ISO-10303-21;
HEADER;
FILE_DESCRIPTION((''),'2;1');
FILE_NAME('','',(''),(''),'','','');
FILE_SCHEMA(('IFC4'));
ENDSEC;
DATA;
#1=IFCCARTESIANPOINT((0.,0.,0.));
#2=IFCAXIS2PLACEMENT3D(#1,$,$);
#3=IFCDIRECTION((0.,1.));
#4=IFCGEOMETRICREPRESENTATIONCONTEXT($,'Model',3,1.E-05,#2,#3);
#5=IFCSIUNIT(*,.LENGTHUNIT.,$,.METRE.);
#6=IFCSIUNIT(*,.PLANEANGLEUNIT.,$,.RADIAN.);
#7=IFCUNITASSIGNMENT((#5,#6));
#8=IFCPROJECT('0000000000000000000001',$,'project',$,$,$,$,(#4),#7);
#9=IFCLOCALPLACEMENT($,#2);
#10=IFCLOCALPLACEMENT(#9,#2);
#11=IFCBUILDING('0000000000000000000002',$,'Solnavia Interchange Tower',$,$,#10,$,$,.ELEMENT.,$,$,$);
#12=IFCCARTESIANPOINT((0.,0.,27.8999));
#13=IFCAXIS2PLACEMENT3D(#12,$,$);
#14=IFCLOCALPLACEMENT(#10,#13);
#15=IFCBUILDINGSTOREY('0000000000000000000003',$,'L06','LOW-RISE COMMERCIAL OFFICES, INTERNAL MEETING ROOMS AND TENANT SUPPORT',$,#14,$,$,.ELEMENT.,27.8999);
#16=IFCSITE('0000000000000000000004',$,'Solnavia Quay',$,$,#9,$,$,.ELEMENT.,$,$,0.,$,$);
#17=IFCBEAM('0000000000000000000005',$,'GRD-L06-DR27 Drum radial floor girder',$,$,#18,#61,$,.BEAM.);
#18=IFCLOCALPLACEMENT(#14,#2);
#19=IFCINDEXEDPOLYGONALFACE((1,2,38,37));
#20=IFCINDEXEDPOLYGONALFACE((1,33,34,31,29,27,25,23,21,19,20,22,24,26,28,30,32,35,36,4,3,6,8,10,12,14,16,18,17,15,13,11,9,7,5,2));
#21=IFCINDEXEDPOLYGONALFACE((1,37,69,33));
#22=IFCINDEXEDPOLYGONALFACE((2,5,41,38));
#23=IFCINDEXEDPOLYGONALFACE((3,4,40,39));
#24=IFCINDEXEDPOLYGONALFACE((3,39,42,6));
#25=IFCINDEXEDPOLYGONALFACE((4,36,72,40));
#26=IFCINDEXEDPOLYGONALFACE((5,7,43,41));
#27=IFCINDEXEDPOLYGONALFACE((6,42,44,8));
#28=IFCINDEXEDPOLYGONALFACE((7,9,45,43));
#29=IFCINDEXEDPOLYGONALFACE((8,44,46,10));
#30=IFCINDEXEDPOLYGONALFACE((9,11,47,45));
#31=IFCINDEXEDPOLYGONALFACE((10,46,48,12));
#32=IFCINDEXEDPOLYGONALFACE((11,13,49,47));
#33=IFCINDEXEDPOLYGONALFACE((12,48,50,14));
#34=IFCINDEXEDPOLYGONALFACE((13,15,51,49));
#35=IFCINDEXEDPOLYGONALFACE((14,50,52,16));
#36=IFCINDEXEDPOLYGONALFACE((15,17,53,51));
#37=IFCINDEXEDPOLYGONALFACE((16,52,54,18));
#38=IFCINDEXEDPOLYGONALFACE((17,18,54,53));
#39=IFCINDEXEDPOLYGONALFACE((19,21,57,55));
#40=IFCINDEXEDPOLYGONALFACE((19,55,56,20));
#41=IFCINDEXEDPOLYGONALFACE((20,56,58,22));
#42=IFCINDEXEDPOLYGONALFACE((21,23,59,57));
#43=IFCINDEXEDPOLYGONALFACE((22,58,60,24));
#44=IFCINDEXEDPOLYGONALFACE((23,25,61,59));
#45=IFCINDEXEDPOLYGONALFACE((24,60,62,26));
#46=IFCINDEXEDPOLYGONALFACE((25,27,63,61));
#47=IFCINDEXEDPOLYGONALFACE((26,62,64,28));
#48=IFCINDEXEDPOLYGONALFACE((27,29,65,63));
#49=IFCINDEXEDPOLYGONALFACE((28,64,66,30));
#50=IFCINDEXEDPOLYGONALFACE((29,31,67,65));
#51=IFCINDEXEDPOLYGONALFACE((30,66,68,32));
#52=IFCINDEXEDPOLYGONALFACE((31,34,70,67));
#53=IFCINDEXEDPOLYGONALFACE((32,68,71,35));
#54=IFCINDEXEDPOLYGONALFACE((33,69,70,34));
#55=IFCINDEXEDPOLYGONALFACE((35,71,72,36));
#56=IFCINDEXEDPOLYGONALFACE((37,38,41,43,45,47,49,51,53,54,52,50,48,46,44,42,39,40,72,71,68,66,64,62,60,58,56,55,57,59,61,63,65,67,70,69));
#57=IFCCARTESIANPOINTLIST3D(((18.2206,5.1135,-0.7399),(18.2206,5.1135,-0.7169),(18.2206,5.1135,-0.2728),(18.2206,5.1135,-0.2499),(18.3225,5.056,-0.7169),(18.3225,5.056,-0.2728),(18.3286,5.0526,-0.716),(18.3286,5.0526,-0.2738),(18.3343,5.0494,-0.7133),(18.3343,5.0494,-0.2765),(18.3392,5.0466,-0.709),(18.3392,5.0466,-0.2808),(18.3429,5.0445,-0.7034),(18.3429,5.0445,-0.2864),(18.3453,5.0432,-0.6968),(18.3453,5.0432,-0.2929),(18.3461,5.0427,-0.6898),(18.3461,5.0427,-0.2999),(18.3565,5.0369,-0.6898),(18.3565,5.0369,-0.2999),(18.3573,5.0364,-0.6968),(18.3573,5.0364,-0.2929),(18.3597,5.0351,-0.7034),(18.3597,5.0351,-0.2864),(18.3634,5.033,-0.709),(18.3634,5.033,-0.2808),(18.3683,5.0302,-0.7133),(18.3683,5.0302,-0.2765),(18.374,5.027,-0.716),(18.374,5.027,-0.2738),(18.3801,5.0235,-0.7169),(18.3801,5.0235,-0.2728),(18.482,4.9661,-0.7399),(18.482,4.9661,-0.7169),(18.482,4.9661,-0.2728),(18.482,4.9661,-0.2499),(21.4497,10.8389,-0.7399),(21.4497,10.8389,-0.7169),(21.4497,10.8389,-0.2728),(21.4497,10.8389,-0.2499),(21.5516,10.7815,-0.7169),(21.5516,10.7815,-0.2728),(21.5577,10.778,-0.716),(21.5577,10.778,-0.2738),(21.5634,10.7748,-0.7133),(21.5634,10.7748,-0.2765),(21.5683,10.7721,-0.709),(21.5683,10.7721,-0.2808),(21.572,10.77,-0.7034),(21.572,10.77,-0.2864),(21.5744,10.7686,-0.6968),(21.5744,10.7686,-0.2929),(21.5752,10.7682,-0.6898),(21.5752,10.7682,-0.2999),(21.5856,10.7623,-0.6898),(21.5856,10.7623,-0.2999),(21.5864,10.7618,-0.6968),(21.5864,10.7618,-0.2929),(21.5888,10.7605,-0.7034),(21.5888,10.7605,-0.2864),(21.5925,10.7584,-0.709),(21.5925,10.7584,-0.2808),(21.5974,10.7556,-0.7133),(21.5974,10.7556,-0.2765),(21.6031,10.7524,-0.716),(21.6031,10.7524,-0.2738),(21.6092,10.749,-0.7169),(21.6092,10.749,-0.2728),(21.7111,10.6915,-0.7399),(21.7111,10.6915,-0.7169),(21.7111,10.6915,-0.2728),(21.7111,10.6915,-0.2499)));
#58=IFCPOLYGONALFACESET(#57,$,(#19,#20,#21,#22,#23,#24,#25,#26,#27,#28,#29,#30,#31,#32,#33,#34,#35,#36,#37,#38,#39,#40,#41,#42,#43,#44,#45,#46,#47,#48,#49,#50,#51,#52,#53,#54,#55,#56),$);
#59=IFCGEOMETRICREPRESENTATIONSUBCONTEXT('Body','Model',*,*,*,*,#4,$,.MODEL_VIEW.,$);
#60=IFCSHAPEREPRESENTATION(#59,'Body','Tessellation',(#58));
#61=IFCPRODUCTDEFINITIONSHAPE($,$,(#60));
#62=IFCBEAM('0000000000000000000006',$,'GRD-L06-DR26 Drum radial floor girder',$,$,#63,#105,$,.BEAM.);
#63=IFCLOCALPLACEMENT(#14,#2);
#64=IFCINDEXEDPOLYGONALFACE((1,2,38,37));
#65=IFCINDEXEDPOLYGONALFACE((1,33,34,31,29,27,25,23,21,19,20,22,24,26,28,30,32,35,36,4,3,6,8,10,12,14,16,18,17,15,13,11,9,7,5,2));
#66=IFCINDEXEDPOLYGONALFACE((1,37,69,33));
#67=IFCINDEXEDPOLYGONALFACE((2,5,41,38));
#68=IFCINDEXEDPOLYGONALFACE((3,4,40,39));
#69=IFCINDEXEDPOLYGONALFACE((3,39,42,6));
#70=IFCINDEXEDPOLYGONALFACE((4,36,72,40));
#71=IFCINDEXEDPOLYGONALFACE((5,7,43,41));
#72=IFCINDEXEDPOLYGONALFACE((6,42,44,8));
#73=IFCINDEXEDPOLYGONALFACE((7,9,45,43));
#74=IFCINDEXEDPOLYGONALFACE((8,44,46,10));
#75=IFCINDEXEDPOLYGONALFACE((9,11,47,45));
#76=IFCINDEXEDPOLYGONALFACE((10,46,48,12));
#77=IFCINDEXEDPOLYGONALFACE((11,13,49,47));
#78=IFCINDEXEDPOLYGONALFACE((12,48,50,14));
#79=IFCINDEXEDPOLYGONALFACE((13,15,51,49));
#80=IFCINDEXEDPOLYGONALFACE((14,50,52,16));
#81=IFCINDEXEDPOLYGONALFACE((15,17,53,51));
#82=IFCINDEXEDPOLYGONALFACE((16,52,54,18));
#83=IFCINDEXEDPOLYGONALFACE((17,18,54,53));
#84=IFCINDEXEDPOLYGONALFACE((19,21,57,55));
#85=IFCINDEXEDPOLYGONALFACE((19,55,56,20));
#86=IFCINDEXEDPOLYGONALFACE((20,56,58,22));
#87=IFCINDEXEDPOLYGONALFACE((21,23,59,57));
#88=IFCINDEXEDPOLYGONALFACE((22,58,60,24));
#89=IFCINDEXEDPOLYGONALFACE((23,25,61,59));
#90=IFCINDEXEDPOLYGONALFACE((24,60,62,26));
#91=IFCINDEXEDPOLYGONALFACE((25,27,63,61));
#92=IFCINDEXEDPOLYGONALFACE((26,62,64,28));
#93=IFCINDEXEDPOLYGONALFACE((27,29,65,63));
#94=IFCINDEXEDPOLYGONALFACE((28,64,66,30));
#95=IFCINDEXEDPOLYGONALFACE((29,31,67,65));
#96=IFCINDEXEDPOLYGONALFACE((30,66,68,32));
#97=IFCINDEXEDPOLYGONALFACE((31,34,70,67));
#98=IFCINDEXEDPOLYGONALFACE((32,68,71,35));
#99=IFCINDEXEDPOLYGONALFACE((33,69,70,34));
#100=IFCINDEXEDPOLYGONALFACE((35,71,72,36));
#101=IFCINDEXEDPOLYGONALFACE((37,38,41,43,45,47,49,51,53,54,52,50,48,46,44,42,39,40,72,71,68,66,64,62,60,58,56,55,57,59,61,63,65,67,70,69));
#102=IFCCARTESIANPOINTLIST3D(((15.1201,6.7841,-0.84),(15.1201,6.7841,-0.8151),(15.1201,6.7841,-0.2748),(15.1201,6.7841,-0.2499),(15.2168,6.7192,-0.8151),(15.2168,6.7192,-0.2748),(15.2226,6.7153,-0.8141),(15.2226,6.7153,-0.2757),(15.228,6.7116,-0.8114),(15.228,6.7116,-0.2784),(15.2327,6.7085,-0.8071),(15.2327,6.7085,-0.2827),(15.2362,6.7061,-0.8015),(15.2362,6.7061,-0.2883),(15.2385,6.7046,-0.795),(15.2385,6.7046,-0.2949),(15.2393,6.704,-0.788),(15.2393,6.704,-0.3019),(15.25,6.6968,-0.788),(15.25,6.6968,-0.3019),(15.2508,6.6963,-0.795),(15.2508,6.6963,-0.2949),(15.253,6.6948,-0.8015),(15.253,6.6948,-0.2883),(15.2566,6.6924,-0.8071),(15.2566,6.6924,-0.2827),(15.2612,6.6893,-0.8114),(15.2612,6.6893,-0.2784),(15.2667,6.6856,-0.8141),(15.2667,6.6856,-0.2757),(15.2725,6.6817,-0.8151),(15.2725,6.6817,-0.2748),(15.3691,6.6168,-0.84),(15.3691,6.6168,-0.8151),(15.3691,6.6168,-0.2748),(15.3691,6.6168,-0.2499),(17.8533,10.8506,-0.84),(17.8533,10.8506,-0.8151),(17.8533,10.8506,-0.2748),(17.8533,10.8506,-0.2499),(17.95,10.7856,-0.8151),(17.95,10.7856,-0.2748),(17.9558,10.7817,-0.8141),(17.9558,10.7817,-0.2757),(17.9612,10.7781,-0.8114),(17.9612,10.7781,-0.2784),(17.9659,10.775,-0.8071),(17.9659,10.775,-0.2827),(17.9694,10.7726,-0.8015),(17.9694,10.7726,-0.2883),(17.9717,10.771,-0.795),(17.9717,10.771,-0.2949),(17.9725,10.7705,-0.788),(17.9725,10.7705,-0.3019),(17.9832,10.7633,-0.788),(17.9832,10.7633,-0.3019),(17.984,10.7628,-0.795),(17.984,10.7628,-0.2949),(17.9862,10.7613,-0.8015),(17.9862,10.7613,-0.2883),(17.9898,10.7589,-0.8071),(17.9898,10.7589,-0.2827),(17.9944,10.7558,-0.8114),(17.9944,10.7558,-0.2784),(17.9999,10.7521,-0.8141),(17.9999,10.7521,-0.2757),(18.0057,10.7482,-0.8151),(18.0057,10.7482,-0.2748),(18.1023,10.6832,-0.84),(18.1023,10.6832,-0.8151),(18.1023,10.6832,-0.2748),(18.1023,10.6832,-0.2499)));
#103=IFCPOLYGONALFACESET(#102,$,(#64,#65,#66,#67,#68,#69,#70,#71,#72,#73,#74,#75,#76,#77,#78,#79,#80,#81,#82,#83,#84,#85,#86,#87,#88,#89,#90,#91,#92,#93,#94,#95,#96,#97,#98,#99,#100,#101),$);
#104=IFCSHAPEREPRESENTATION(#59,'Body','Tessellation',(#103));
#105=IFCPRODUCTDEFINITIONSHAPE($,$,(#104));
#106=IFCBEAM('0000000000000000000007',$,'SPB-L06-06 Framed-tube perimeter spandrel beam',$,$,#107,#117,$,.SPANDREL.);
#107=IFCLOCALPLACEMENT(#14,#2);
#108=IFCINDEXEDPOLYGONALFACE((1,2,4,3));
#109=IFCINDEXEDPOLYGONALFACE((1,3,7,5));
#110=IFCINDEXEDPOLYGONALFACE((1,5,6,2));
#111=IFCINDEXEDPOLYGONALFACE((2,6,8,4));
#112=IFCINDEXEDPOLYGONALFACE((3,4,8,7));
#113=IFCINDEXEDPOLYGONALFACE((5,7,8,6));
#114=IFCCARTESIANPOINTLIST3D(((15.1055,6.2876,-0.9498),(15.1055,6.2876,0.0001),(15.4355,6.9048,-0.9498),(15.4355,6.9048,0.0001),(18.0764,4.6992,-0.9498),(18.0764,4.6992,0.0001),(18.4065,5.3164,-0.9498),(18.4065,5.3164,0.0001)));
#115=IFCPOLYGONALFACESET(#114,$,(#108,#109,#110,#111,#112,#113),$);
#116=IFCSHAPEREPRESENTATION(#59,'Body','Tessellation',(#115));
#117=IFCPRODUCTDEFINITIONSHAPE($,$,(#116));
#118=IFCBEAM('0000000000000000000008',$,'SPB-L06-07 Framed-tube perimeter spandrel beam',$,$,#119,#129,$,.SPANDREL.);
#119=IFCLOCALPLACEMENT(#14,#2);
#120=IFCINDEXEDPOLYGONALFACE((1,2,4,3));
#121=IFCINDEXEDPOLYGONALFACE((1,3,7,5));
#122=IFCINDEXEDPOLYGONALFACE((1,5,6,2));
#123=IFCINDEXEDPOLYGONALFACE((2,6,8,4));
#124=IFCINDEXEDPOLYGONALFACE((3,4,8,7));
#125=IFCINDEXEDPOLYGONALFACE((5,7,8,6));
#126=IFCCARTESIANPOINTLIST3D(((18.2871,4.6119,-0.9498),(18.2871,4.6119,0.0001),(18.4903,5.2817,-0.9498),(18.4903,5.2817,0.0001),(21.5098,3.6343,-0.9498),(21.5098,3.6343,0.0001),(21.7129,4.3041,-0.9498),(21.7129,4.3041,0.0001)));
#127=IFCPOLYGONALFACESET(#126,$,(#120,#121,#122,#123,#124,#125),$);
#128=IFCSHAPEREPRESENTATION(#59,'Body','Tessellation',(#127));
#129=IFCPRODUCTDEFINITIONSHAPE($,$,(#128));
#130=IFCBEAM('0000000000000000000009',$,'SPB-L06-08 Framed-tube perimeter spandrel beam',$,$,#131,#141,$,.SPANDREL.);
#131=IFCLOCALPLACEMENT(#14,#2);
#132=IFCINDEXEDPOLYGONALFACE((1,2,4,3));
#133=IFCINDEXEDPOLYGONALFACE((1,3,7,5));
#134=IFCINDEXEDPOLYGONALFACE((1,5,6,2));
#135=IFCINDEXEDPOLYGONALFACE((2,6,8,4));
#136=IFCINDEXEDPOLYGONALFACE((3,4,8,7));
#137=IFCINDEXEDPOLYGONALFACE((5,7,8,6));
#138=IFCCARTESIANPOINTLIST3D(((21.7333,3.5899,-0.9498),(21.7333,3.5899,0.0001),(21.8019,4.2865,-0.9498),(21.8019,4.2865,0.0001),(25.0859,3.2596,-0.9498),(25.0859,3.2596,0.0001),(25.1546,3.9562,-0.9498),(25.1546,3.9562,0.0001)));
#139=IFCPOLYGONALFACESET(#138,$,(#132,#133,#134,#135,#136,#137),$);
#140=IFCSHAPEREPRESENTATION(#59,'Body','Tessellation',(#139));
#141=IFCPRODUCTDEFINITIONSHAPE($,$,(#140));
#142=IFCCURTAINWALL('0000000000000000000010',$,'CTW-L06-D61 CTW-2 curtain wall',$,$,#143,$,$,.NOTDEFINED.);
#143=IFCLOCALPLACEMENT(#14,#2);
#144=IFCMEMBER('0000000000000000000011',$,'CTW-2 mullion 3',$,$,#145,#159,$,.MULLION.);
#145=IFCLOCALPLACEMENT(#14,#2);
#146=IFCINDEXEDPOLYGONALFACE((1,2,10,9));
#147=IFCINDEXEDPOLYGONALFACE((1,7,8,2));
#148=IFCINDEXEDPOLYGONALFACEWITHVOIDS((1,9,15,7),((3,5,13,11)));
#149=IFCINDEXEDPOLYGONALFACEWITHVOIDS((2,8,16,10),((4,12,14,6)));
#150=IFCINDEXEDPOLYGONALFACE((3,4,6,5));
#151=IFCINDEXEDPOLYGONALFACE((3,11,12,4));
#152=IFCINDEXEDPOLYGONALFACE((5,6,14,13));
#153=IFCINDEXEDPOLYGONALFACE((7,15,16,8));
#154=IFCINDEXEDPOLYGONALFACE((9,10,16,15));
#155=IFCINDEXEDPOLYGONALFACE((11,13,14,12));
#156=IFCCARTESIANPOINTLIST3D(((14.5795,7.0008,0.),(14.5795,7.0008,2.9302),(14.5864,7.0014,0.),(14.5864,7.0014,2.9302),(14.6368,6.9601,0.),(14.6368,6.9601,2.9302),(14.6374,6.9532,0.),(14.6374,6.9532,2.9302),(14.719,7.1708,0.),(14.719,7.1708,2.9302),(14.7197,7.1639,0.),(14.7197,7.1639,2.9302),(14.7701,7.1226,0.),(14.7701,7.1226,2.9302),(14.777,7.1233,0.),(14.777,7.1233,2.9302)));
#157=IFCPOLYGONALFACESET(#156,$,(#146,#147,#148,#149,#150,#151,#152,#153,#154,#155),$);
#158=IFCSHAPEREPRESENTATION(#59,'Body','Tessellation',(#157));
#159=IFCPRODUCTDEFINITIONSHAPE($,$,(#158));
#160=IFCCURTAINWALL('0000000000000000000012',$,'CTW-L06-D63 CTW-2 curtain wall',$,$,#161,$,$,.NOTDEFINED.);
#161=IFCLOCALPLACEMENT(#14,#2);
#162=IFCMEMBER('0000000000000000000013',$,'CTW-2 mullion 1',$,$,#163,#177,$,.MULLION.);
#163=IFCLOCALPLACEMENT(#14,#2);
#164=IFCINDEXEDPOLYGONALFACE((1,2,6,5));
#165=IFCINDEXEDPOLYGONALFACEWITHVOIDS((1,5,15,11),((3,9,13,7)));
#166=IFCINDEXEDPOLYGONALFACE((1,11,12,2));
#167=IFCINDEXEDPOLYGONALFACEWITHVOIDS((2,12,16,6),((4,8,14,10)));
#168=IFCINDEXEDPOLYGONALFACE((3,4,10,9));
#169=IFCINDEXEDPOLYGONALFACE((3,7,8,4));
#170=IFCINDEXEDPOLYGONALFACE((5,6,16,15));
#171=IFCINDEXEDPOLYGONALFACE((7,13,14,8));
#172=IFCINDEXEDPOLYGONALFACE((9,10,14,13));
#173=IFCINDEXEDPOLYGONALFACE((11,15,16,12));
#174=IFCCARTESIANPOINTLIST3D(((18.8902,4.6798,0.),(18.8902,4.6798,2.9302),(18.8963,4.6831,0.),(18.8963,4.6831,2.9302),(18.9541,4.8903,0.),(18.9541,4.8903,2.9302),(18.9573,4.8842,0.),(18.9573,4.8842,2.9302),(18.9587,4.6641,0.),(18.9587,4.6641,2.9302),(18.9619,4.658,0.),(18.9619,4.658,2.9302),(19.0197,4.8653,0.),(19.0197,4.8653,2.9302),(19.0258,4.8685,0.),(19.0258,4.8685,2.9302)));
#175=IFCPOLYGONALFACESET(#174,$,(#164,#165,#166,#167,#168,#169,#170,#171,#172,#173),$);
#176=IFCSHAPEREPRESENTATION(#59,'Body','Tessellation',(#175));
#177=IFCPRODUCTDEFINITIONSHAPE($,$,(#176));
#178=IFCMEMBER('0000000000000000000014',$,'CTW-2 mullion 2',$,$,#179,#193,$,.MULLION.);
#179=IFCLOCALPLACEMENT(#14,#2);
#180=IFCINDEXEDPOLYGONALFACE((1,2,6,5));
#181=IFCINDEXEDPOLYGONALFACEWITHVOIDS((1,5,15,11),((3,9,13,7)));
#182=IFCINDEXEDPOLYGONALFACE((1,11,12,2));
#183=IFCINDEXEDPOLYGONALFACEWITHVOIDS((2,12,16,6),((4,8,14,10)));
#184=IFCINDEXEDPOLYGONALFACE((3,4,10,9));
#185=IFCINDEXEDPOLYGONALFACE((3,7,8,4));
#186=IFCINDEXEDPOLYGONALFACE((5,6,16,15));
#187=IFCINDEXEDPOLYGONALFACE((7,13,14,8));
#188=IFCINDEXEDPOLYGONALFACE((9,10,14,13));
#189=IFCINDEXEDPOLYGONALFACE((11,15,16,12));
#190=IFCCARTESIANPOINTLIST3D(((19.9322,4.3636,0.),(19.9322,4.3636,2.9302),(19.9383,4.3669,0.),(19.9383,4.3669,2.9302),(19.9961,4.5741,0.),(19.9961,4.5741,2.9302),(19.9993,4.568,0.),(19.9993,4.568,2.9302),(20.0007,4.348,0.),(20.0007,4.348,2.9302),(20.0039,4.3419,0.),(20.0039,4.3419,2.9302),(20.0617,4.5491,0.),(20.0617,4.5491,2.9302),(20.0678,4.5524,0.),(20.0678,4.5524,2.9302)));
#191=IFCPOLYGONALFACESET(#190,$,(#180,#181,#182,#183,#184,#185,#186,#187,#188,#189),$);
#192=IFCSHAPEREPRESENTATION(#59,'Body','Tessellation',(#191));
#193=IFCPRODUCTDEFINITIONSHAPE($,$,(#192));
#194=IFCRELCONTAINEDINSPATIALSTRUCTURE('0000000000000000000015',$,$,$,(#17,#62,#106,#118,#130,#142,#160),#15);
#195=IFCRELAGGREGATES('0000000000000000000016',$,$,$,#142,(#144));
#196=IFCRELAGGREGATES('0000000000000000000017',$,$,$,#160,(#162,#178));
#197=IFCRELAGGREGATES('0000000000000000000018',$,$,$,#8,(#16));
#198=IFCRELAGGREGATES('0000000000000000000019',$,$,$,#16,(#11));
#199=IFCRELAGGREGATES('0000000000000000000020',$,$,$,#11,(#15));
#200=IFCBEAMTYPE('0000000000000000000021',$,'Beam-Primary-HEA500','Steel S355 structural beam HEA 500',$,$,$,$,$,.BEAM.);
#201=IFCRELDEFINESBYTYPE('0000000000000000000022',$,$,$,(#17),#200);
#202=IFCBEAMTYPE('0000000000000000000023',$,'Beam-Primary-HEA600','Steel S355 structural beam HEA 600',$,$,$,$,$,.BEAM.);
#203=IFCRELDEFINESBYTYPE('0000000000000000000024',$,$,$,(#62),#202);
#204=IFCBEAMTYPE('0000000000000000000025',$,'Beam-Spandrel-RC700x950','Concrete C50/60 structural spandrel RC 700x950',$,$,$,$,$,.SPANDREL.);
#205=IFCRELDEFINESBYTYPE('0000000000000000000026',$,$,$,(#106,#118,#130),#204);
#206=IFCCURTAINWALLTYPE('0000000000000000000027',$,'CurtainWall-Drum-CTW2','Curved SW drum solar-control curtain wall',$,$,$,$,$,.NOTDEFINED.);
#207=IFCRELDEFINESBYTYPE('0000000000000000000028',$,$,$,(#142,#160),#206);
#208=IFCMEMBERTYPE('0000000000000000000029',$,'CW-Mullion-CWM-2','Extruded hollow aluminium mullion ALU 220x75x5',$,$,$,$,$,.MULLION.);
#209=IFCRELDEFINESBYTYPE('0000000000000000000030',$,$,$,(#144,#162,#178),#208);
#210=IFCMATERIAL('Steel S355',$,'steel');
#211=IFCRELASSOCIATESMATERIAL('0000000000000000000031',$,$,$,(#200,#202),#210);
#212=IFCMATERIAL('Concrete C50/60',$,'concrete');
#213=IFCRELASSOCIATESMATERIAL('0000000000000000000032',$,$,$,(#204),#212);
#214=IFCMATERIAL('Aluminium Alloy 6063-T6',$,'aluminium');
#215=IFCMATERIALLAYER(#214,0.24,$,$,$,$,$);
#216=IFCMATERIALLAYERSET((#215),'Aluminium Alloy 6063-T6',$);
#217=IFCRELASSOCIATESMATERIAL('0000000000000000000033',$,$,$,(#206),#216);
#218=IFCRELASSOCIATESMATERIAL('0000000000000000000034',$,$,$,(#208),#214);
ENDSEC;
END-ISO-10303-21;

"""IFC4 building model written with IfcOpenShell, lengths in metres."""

from ifc_helpers import new_model, si_unit, direction, frame, origin, origin_2d, place, context, subcontext, project, spatial, rectangle, hollow_rectangle, i_section, extrude, material, layer, layer_set, material_profile, profile_set, type_object, element, aggregate, save


model = new_model("IFC4")

# Units and contexts
model_context = context("Model", 3, precision=1e-05, world=origin(), true_north=direction((0.0, 1.0)))
body_context = subcontext(model_context, "Body", "Model", "MODEL_VIEW")
ifc_project = project(units=[si_unit("LENGTHUNIT", "METRE"), si_unit("PLANEANGLEUNIT", "RADIAN")], contexts=[model_context])

# Site, building, storey
site_placement = place(None, origin())
site = spatial("IfcSite", under=ifc_project, at=site_placement, Name="Solnavia Quay", CompositionType="ELEMENT", RefElevation=0.0)
building_placement = place(site_placement, origin())
building = spatial("IfcBuilding", under=site, at=building_placement, Name="Solnavia Interchange Tower", CompositionType="ELEMENT")
storey_placement = place(building_placement, frame((0.0, 0.0, 27.8999)))
storey = spatial("IfcBuildingStorey", under=building, at=storey_placement, Name="L06", Description="LOW-RISE COMMERCIAL OFFICES, INTERNAL MEETING ROOMS AND TENANT SUPPORT", CompositionType="ELEMENT", Elevation=27.8999)

# Beams
ifc_material_1 = material(Name="Steel S355", Category="steel")
ifc_material_profile_1 = material_profile(ifc_material_1, i_section(OverallWidth=0.3, OverallDepth=0.49, WebThickness=0.012, FlangeThickness=0.0229, FilletRadius=0.0271, at=origin_2d()), Name="HEA 500")
ifc_profile_set_1 = profile_set([ifc_material_profile_1], Name="Steel S355")
beam_type_1 = type_object("IfcBeamType", Name="Beam-Primary-HEA500", Description="Steel S355 structural beam HEA 500", PredefinedType="BEAM", material=ifc_profile_set_1)
beam_1_placement = place(storey_placement, frame((18.3513, 5.0398, -0.4949), z_axis=(0.491243, 0.871022, 0.0), x_axis=(-0.871022, 0.491243, 0.0)))
element("IfcBeam", 1, at=beam_1_placement, inside=storey, type_object=beam_type_1, Name="GRD-L06-DR27 Drum radial floor girder", PredefinedType="BEAM", context=body_context, shape_type="SweptSolid", body=[
    extrude(i_section(OverallWidth=0.3, OverallDepth=0.49, WebThickness=0.012, FlangeThickness=0.0229, FilletRadius=0.0271, at=origin_2d()), origin(), (0.0, 0.0, 1.0), 6.5732),
])
ifc_material_profile_2 = material_profile(ifc_material_1, i_section(OverallWidth=0.3, OverallDepth=0.5901, WebThickness=0.0129, FlangeThickness=0.0249, FilletRadius=0.0271, at=origin_2d()), Name="HEA 600")
ifc_profile_set_2 = profile_set([ifc_material_profile_2], Name="Steel S355")
beam_type_2 = type_object("IfcBeamType", Name="Beam-Primary-HEA600", Description="Steel S355 structural beam HEA 600", PredefinedType="BEAM", material=ifc_profile_set_2)
beam_2_placement = place(storey_placement, frame((15.2446, 6.7004, -0.5449), z_axis=(0.557835, 0.829952, 0.0), x_axis=(-0.829952, 0.557835, 0.0)))
element("IfcBeam", 2, at=beam_2_placement, inside=storey, type_object=beam_type_2, Name="GRD-L06-DR26 Drum radial floor girder", PredefinedType="BEAM", context=body_context, shape_type="SweptSolid", body=[
    extrude(i_section(OverallWidth=0.3, OverallDepth=0.5901, WebThickness=0.0129, FlangeThickness=0.0249, FilletRadius=0.0271, at=origin_2d()), origin(), (0.0, 0.0, 1.0), 4.8997),
])
ifc_material_2 = material(Name="Concrete C50/60", Category="concrete")
ifc_material_profile_3 = material_profile(ifc_material_2, rectangle(XDim=0.7, YDim=0.95, at=origin_2d()), Name="RC 700x950")
ifc_profile_set_3 = profile_set([ifc_material_profile_3], Name="Concrete C50/60")
beam_type_3 = type_object("IfcBeamType", Name="Beam-Spandrel-RC700x950", Description="Concrete C50/60 structural spandrel RC 700x950", PredefinedType="SPANDREL", material=ifc_profile_set_3)
beam_3_placement = place(storey_placement, frame((15.2705, 6.5962, -0.4749), z_axis=(0.881875, -0.471483, 0.0), x_axis=(0.471483, 0.881875, 0.0)))
element("IfcBeam", 3, at=beam_3_placement, inside=storey, type_object=beam_type_3, Name="SPB-L06-06 Framed-tube perimeter spandrel beam", PredefinedType="SPANDREL", context=body_context, shape_type="SweptSolid", body=[
    extrude(rectangle(XDim=0.7, YDim=0.95, at=origin_2d()), origin(), (0.0, 0.0, 1.0), 3.3689),
])
beam_4_placement = place(storey_placement, frame((18.3887, 4.9468, -0.4749), z_axis=(0.956944, -0.290273, 0.0), x_axis=(0.290273, 0.956944, 0.0)))
element("IfcBeam", 4, at=beam_4_placement, inside=storey, type_object=beam_type_3, Name="SPB-L06-07 Framed-tube perimeter spandrel beam", PredefinedType="SPANDREL", context=body_context, shape_type="SweptSolid", body=[
    extrude(rectangle(XDim=0.7, YDim=0.95, at=origin_2d()), origin(), (0.0, 0.0, 1.0), 3.3677),
])
beam_5_placement = place(storey_placement, frame((21.7676, 3.9382, -0.4749), z_axis=(0.995182, -0.098047, 0.0), x_axis=(0.098047, 0.995182, 0.0)))
element("IfcBeam", 5, at=beam_5_placement, inside=storey, type_object=beam_type_3, Name="SPB-L06-08 Framed-tube perimeter spandrel beam", PredefinedType="SPANDREL", context=body_context, shape_type="SweptSolid", body=[
    extrude(rectangle(XDim=0.7, YDim=0.95, at=origin_2d()), origin(), (0.0, 0.0, 1.0), 3.3689),
])

# Curtain wall, member
ifc_material_3 = material(Name="Aluminium Alloy 6063-T6", Category="aluminium")
ifc_layer_1 = layer(ifc_material_3, 0.24)
ifc_layer_set_1 = layer_set([ifc_layer_1], Name="Aluminium Alloy 6063-T6")
curtain_wall_type = type_object("IfcCurtainWallType", Name="CurtainWall-Drum-CTW2", Description="Curved SW drum solar-control curtain wall", PredefinedType="NOTDEFINED", material=ifc_layer_set_1)
curtain_wall_1_placement = place(storey_placement, origin())
curtain_wall_1 = element("IfcCurtainWall", 6, at=curtain_wall_1_placement, inside=storey, type_object=curtain_wall_type, Name="CTW-L06-D61 CTW-2 curtain wall", PredefinedType="NOTDEFINED")
ifc_material_profile_4 = material_profile(ifc_material_3, hollow_rectangle(XDim=0.075, YDim=0.22, WallThickness=0.0049, at=origin_2d()), Name="ALU 220x75x5")
ifc_profile_set_4 = profile_set([ifc_material_profile_4], Name="Aluminium Alloy 6063-T6")
member_type_1 = type_object("IfcMemberType", Name="CW-Mullion-CWM-2", Description="Extruded hollow aluminium mullion ALU 220x75x5", PredefinedType="MULLION", material=ifc_profile_set_4)
member_1_placement = place(storey_placement, frame((14.6782, 7.062, 0.0), z_axis=(0.0, 0.0, 1.0), x_axis=(0.773095, -0.634291, 0.0)))
member_1 = element("IfcMember", 7, at=member_1_placement, type_object=member_type_1, Name="CTW-2 mullion 3", PredefinedType="MULLION", context=body_context, shape_type="SweptSolid", body=[
    extrude(hollow_rectangle(XDim=0.075, YDim=0.22, WallThickness=0.0049, at=origin_2d()), origin(), (0.0, 0.0, 1.0), 2.9302),
])
aggregate(curtain_wall_1, [member_1])

# Curtain wall, members
curtain_wall_2_placement = place(storey_placement, origin())
curtain_wall_2 = element("IfcCurtainWall", 8, at=curtain_wall_2_placement, inside=storey, type_object=curtain_wall_type, Name="CTW-L06-D63 CTW-2 curtain wall", PredefinedType="NOTDEFINED")
member_2_placement = place(storey_placement, frame((18.958, 4.7742, 0.0), z_axis=(0.0, 0.0, 1.0), x_axis=(0.956935, -0.290303, 0.0)))
member_2 = element("IfcMember", 9, at=member_2_placement, type_object=member_type_1, Name="CTW-2 mullion 1", PredefinedType="MULLION", context=body_context, shape_type="SweptSolid", body=[
    extrude(hollow_rectangle(XDim=0.075, YDim=0.22, WallThickness=0.0049, at=origin_2d()), origin(), (0.0, 0.0, 1.0), 2.9302),
])
member_3_placement = place(storey_placement, frame((20.0, 4.458, 0.0), z_axis=(0.0, 0.0, 1.0), x_axis=(0.956935, -0.290303, 0.0)))
member_3 = element("IfcMember", 10, at=member_3_placement, type_object=member_type_1, Name="CTW-2 mullion 2", PredefinedType="MULLION", context=body_context, shape_type="SweptSolid", body=[
    extrude(hollow_rectangle(XDim=0.075, YDim=0.22, WallThickness=0.0049, at=origin_2d()), origin(), (0.0, 0.0, 1.0), 2.9302),
])
aggregate(curtain_wall_2, [member_2, member_3])

save(model, "model.ifc")
